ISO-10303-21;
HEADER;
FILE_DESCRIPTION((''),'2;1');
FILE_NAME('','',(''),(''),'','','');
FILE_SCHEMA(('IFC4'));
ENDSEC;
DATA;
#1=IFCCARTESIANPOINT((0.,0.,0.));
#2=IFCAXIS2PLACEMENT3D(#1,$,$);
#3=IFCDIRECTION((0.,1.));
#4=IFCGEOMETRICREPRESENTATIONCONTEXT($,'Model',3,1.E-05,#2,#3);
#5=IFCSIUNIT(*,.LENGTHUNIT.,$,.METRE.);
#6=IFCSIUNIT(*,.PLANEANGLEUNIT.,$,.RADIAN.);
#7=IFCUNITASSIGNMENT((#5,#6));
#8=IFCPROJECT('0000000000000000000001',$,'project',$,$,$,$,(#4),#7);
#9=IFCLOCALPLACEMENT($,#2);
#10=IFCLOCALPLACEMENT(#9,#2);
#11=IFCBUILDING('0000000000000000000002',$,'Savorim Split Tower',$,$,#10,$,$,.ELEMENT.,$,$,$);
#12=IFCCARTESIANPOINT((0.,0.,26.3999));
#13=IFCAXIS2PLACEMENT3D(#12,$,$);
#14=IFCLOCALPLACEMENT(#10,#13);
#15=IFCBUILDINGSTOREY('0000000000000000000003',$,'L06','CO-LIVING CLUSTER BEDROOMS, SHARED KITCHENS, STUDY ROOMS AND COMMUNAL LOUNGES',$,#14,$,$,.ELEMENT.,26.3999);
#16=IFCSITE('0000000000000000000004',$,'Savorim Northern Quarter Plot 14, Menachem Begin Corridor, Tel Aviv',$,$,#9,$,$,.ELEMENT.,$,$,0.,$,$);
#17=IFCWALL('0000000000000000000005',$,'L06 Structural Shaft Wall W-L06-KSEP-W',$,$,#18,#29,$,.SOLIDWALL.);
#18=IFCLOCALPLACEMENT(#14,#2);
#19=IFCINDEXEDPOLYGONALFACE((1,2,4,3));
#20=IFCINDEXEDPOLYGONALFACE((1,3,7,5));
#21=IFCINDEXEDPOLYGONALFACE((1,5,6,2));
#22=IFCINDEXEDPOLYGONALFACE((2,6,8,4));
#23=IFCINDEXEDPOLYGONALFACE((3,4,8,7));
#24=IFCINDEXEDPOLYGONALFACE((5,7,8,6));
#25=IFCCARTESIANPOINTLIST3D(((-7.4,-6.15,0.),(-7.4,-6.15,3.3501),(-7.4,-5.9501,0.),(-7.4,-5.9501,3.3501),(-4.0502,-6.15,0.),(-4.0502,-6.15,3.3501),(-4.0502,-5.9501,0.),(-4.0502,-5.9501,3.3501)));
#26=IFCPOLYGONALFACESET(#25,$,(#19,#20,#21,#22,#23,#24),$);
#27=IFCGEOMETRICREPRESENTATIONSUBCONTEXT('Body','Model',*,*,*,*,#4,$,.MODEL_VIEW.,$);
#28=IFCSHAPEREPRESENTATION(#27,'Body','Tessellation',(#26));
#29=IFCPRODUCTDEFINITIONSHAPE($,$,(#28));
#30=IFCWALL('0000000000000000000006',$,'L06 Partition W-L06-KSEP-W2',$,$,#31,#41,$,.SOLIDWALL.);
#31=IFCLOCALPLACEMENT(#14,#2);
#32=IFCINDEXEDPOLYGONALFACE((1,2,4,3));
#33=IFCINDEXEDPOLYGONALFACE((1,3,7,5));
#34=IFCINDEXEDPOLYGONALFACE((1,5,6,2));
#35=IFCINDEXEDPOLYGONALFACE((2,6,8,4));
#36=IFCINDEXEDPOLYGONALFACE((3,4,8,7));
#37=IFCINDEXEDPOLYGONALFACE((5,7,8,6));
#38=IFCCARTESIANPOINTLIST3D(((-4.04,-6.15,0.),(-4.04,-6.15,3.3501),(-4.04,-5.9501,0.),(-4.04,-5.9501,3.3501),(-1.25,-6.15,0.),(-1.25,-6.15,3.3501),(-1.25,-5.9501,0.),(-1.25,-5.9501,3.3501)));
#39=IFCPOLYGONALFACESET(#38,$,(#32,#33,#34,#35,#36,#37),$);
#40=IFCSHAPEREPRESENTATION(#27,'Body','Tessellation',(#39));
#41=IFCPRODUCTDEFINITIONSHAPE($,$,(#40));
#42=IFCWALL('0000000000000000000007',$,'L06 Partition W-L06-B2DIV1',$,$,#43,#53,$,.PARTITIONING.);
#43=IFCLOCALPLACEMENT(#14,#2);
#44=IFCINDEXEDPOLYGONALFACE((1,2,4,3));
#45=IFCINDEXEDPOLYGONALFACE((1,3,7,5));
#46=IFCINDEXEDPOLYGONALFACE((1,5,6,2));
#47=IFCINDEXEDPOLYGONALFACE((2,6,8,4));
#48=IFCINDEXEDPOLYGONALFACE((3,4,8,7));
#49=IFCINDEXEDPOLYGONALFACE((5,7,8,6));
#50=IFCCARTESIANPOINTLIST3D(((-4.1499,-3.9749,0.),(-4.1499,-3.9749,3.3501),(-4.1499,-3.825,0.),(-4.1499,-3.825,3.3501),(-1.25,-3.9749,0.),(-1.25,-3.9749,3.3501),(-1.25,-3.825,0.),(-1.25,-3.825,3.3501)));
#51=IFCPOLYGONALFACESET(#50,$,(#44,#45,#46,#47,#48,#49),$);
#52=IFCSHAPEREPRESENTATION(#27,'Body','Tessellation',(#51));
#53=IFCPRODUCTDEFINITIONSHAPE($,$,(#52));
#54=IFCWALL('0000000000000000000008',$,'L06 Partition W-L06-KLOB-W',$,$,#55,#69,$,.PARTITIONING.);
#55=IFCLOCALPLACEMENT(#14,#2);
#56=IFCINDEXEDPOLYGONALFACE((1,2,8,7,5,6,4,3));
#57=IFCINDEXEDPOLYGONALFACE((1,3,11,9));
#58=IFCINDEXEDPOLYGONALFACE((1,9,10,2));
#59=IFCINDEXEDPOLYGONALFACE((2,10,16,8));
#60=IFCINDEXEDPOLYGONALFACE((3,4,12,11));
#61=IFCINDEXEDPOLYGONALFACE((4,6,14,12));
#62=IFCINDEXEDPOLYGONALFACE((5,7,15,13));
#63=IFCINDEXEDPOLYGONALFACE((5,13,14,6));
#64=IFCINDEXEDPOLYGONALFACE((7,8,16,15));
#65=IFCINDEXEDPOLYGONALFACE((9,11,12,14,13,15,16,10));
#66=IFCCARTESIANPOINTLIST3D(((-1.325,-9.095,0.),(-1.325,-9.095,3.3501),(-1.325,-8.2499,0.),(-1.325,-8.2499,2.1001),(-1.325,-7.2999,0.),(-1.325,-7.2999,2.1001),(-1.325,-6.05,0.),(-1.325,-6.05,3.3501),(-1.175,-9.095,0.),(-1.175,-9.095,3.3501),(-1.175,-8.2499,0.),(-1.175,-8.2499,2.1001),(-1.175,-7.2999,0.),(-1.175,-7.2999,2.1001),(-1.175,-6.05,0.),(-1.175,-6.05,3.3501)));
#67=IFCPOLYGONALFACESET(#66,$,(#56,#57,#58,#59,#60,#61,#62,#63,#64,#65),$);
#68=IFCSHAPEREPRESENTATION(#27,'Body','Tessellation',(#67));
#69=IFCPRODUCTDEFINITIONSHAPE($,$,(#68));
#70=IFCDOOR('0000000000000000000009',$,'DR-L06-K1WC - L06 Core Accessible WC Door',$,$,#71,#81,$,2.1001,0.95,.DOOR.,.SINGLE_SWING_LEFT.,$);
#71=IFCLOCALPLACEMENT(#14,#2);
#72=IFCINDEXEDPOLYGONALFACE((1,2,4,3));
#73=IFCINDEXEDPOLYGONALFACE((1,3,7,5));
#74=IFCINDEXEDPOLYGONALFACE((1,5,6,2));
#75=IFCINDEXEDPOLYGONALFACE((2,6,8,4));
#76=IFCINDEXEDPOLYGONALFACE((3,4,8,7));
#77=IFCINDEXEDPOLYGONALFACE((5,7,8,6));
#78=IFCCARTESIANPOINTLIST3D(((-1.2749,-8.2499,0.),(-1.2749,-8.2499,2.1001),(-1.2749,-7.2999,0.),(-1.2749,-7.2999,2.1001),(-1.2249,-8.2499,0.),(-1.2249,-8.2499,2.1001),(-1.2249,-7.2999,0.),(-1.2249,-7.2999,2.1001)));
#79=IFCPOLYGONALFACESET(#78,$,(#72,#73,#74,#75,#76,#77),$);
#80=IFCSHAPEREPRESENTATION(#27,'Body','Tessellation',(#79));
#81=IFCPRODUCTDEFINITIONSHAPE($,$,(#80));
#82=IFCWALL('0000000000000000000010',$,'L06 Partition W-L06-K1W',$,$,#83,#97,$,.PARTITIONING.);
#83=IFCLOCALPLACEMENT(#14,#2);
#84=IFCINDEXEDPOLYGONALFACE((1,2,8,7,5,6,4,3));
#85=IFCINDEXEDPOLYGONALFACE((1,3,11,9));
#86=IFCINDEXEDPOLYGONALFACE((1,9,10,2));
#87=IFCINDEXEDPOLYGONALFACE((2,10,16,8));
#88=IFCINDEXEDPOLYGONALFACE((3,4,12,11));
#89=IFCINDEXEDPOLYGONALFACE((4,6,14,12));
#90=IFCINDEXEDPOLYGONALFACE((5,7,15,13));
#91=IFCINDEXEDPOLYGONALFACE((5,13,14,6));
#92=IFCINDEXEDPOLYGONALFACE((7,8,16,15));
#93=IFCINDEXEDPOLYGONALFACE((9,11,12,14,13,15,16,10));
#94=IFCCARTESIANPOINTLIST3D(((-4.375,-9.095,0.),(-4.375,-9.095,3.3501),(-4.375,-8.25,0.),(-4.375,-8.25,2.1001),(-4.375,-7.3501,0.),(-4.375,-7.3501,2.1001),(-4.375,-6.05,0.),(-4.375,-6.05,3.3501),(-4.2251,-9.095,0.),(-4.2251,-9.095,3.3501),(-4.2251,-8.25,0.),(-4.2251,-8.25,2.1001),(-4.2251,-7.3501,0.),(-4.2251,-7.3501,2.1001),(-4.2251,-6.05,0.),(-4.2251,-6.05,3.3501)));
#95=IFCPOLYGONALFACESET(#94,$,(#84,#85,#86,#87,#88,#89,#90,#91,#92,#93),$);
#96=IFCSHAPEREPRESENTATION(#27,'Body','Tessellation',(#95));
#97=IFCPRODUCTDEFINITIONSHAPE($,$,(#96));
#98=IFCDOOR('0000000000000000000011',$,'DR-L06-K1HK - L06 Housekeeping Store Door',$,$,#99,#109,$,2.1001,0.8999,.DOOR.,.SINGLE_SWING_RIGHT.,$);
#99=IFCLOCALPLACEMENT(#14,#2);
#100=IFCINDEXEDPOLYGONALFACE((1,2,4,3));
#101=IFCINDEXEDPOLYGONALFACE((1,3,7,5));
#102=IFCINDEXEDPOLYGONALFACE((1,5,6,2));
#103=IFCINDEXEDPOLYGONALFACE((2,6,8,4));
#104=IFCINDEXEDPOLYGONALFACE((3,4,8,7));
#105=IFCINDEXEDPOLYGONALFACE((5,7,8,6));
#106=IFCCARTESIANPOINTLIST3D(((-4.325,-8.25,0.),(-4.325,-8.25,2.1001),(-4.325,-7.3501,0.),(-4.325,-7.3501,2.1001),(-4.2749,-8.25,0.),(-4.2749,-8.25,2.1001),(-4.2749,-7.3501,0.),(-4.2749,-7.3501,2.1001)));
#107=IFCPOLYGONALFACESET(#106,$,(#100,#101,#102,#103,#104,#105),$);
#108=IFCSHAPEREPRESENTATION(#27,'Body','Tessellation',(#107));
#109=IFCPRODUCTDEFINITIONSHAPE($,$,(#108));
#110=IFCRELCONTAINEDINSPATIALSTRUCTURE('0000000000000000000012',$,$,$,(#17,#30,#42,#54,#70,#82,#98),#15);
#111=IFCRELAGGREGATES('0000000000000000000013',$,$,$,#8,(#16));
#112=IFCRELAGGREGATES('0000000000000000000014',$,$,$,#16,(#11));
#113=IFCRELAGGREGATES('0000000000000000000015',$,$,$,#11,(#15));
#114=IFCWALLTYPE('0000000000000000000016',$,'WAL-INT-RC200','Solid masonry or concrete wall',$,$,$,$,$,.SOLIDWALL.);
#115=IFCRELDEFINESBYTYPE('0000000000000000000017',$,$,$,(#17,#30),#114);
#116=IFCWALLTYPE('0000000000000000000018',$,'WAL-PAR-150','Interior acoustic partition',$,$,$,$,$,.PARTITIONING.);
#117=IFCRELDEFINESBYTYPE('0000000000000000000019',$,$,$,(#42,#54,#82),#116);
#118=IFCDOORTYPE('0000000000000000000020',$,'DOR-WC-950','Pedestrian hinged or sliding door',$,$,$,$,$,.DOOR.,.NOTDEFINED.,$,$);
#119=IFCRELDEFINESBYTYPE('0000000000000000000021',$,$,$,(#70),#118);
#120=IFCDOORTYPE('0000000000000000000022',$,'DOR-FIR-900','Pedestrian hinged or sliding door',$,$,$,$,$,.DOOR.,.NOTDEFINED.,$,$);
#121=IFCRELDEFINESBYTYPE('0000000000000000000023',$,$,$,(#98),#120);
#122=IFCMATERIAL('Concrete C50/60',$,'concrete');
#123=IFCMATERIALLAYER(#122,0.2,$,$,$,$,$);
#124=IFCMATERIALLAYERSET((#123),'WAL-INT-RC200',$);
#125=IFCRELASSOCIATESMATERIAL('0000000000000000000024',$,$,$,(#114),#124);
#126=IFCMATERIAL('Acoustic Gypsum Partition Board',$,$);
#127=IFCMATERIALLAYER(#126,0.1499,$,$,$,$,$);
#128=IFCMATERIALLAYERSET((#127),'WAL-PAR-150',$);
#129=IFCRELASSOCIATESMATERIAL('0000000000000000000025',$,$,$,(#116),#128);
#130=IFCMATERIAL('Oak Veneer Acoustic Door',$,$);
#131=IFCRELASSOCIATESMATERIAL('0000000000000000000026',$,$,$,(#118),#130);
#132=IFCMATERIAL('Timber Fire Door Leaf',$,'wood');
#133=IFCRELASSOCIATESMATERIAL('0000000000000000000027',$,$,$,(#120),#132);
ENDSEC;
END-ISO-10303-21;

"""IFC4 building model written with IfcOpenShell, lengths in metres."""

from ifc_helpers import new_model, si_unit, direction, frame, frame_2d, origin, place, context, subcontext, project, spatial, rectangle, extrude, material, layer, layer_set, type_object, element, fill, save


model = new_model("IFC4")

# Units and contexts
model_context = context("Model", 3, precision=1e-05, world=origin(), true_north=direction((0.0, 1.0)))
body_context = subcontext(model_context, "Body", "Model", "MODEL_VIEW")
ifc_project = project(units=[si_unit("LENGTHUNIT", "METRE"), si_unit("PLANEANGLEUNIT", "RADIAN")], contexts=[model_context])

# Site, building, storey
site_placement = place(None, origin())
site = spatial("IfcSite", under=ifc_project, at=site_placement, Name="Savorim Northern Quarter Plot 14, Menachem Begin Corridor, Tel Aviv", CompositionType="ELEMENT", RefElevation=0.0)
building_placement = place(site_placement, origin())
building = spatial("IfcBuilding", under=site, at=building_placement, Name="Savorim Split Tower", CompositionType="ELEMENT")
storey_placement = place(building_placement, frame((0.0, 0.0, 26.3999)))
storey = spatial("IfcBuildingStorey", under=building, at=storey_placement, Name="L06", Description="CO-LIVING CLUSTER BEDROOMS, SHARED KITCHENS, STUDY ROOMS AND COMMUNAL LOUNGES", CompositionType="ELEMENT", Elevation=26.3999)

# Shared definitions
ifc_material_1 = material(Name="Timber Fire Door Leaf", Category="wood")

# Walls
ifc_material_2 = material(Name="Concrete C50/60", Category="concrete")
ifc_layer_1 = layer(ifc_material_2, 0.2)
ifc_layer_set_1 = layer_set([ifc_layer_1], Name="WAL-INT-RC200")
wall_type_1 = type_object("IfcWallType", Name="WAL-INT-RC200", Description="Solid masonry or concrete wall", PredefinedType="SOLIDWALL", material=ifc_layer_set_1)
wall_1_placement = place(storey_placement, frame((-7.3999, -6.05, 0.0), z_axis=(0.0, 0.0, 1.0), x_axis=(1.0, 0.0, 0.0)))
element("IfcWall", 1, at=wall_1_placement, inside=storey, type_object=wall_type_1, Name="L06 Structural Shaft Wall W-L06-KSEP-W", PredefinedType="SOLIDWALL", context=body_context, shape_type="SweptSolid", body=[
    extrude(rectangle(XDim=3.3499, YDim=0.2, at=frame_2d((1.6748, 0.0))), origin(), (0.0, 0.0, 1.0), 3.3501),
])
wall_2_placement = place(storey_placement, frame((-4.04, -6.05, 0.0), z_axis=(0.0, 0.0, 1.0), x_axis=(1.0, 0.0, 0.0)))
element("IfcWall", 2, at=wall_2_placement, inside=storey, type_object=wall_type_1, Name="L06 Partition W-L06-KSEP-W2", PredefinedType="SOLIDWALL", context=body_context, shape_type="SweptSolid", body=[
    extrude(rectangle(XDim=2.79, YDim=0.2, at=frame_2d((1.395, 0.0))), origin(), (0.0, 0.0, 1.0), 3.3501),
])
ifc_material_3 = material(Name="Acoustic Gypsum Partition Board")
ifc_layer_2 = layer(ifc_material_3, 0.1499)
ifc_layer_set_2 = layer_set([ifc_layer_2], Name="WAL-PAR-150")
wall_type_2 = type_object("IfcWallType", Name="WAL-PAR-150", Description="Interior acoustic partition", PredefinedType="PARTITIONING", material=ifc_layer_set_2)
wall_3_placement = place(storey_placement, frame((-4.1499, -3.8999, 0.0), z_axis=(0.0, 0.0, 1.0), x_axis=(1.0, 0.0, 0.0)))
element("IfcWall", 3, at=wall_3_placement, inside=storey, type_object=wall_type_2, Name="L06 Partition W-L06-B2DIV1", PredefinedType="PARTITIONING", context=body_context, shape_type="SweptSolid", body=[
    extrude(rectangle(XDim=2.8999, YDim=0.1499, at=frame_2d((1.45, 0.0))), origin(), (0.0, 0.0, 1.0), 3.3501),
])

# Walls, openings, doors
wall_4_placement = place(storey_placement, frame((-1.25, -9.095, 0.0), z_axis=(0.0, 0.0, 1.0), x_axis=(0.0, 1.0, 0.0)))
wall_4 = element("IfcWall", 4, at=wall_4_placement, inside=storey, type_object=wall_type_2, Name="L06 Partition W-L06-KLOB-W", PredefinedType="PARTITIONING", context=body_context, shape_type="SweptSolid", body=[
    extrude(rectangle(XDim=3.0449, YDim=0.1499, at=frame_2d((1.5225, 0.0))), origin(), (0.0, 0.0, 1.0), 3.3501),
])
opening_1_placement = place(wall_4_placement, frame((0.845, 0.0, 0.0)))
opening_1 = element("IfcOpeningElement", 5, at=opening_1_placement, cuts=wall_4, PredefinedType="OPENING", context=body_context, shape_type="SweptSolid", body=[
    extrude(rectangle(XDim=0.95, YDim=2.1001, at=frame_2d((0.4751, 1.05))), frame((0.0, 0.085, 0.0), z_axis=(0.0, -1.0, 0.0), x_axis=(1.0, 0.0, 0.0)), (0.0, 0.0, 1.0), 0.1699),
])
ifc_material_4 = material(Name="Oak Veneer Acoustic Door")
door_type_1 = type_object("IfcDoorType", Name="DOR-WC-950", Description="Pedestrian hinged or sliding door", OperationType="NOTDEFINED", PredefinedType="DOOR", material=ifc_material_4)
door_1_placement = place(opening_1_placement, origin())
door_1 = element("IfcDoor", 6, at=door_1_placement, inside=storey, type_object=door_type_1, Name="DR-L06-K1WC - L06 Core Accessible WC Door", OperationType="SINGLE_SWING_LEFT", OverallHeight=2.1001, OverallWidth=0.95, PredefinedType="DOOR", context=body_context, shape_type="SweptSolid", body=[
    extrude(rectangle(XDim=0.95, YDim=2.1001, at=frame_2d((0.4751, 1.05))), frame((0.0, 0.0249, 0.0), z_axis=(0.0, -1.0, 0.0), x_axis=(1.0, 0.0, 0.0)), (0.0, 0.0, 1.0), 0.05),
])
fill(opening_1, door_1)
wall_5_placement = place(storey_placement, frame((-4.3, -9.095, 0.0), z_axis=(0.0, 0.0, 1.0), x_axis=(0.0, 1.0, 0.0)))
wall_5 = element("IfcWall", 7, at=wall_5_placement, inside=storey, type_object=wall_type_2, Name="L06 Partition W-L06-K1W", PredefinedType="PARTITIONING", context=body_context, shape_type="SweptSolid", body=[
    extrude(rectangle(XDim=3.0449, YDim=0.1499, at=frame_2d((1.5225, 0.0))), origin(), (0.0, 0.0, 1.0), 3.3501),
])
opening_2_placement = place(wall_5_placement, frame((0.845, 0.0, 0.0)))
opening_2 = element("IfcOpeningElement", 8, at=opening_2_placement, cuts=wall_5, PredefinedType="OPENING", context=body_context, shape_type="SweptSolid", body=[
    extrude(rectangle(XDim=0.8999, YDim=2.1001, at=frame_2d((0.45, 1.05))), frame((0.0, 0.085, 0.0), z_axis=(0.0, -1.0, 0.0), x_axis=(1.0, 0.0, 0.0)), (0.0, 0.0, 1.0), 0.1699),
])
door_type_2 = type_object("IfcDoorType", Name="DOR-FIR-900", Description="Pedestrian hinged or sliding door", OperationType="NOTDEFINED", PredefinedType="DOOR", material=ifc_material_1)
door_2_placement = place(opening_2_placement, origin())
door_2 = element("IfcDoor", 9, at=door_2_placement, inside=storey, type_object=door_type_2, Name="DR-L06-K1HK - L06 Housekeeping Store Door", OperationType="SINGLE_SWING_RIGHT", OverallHeight=2.1001, OverallWidth=0.8999, PredefinedType="DOOR", context=body_context, shape_type="SweptSolid", body=[
    extrude(rectangle(XDim=0.8999, YDim=2.1001, at=frame_2d((0.45, 1.05))), frame((0.0, 0.0249, 0.0), z_axis=(0.0, -1.0, 0.0), x_axis=(1.0, 0.0, 0.0)), (0.0, 0.0, 1.0), 0.05),
])
fill(opening_2, door_2)

save(model, "model.ifc")
